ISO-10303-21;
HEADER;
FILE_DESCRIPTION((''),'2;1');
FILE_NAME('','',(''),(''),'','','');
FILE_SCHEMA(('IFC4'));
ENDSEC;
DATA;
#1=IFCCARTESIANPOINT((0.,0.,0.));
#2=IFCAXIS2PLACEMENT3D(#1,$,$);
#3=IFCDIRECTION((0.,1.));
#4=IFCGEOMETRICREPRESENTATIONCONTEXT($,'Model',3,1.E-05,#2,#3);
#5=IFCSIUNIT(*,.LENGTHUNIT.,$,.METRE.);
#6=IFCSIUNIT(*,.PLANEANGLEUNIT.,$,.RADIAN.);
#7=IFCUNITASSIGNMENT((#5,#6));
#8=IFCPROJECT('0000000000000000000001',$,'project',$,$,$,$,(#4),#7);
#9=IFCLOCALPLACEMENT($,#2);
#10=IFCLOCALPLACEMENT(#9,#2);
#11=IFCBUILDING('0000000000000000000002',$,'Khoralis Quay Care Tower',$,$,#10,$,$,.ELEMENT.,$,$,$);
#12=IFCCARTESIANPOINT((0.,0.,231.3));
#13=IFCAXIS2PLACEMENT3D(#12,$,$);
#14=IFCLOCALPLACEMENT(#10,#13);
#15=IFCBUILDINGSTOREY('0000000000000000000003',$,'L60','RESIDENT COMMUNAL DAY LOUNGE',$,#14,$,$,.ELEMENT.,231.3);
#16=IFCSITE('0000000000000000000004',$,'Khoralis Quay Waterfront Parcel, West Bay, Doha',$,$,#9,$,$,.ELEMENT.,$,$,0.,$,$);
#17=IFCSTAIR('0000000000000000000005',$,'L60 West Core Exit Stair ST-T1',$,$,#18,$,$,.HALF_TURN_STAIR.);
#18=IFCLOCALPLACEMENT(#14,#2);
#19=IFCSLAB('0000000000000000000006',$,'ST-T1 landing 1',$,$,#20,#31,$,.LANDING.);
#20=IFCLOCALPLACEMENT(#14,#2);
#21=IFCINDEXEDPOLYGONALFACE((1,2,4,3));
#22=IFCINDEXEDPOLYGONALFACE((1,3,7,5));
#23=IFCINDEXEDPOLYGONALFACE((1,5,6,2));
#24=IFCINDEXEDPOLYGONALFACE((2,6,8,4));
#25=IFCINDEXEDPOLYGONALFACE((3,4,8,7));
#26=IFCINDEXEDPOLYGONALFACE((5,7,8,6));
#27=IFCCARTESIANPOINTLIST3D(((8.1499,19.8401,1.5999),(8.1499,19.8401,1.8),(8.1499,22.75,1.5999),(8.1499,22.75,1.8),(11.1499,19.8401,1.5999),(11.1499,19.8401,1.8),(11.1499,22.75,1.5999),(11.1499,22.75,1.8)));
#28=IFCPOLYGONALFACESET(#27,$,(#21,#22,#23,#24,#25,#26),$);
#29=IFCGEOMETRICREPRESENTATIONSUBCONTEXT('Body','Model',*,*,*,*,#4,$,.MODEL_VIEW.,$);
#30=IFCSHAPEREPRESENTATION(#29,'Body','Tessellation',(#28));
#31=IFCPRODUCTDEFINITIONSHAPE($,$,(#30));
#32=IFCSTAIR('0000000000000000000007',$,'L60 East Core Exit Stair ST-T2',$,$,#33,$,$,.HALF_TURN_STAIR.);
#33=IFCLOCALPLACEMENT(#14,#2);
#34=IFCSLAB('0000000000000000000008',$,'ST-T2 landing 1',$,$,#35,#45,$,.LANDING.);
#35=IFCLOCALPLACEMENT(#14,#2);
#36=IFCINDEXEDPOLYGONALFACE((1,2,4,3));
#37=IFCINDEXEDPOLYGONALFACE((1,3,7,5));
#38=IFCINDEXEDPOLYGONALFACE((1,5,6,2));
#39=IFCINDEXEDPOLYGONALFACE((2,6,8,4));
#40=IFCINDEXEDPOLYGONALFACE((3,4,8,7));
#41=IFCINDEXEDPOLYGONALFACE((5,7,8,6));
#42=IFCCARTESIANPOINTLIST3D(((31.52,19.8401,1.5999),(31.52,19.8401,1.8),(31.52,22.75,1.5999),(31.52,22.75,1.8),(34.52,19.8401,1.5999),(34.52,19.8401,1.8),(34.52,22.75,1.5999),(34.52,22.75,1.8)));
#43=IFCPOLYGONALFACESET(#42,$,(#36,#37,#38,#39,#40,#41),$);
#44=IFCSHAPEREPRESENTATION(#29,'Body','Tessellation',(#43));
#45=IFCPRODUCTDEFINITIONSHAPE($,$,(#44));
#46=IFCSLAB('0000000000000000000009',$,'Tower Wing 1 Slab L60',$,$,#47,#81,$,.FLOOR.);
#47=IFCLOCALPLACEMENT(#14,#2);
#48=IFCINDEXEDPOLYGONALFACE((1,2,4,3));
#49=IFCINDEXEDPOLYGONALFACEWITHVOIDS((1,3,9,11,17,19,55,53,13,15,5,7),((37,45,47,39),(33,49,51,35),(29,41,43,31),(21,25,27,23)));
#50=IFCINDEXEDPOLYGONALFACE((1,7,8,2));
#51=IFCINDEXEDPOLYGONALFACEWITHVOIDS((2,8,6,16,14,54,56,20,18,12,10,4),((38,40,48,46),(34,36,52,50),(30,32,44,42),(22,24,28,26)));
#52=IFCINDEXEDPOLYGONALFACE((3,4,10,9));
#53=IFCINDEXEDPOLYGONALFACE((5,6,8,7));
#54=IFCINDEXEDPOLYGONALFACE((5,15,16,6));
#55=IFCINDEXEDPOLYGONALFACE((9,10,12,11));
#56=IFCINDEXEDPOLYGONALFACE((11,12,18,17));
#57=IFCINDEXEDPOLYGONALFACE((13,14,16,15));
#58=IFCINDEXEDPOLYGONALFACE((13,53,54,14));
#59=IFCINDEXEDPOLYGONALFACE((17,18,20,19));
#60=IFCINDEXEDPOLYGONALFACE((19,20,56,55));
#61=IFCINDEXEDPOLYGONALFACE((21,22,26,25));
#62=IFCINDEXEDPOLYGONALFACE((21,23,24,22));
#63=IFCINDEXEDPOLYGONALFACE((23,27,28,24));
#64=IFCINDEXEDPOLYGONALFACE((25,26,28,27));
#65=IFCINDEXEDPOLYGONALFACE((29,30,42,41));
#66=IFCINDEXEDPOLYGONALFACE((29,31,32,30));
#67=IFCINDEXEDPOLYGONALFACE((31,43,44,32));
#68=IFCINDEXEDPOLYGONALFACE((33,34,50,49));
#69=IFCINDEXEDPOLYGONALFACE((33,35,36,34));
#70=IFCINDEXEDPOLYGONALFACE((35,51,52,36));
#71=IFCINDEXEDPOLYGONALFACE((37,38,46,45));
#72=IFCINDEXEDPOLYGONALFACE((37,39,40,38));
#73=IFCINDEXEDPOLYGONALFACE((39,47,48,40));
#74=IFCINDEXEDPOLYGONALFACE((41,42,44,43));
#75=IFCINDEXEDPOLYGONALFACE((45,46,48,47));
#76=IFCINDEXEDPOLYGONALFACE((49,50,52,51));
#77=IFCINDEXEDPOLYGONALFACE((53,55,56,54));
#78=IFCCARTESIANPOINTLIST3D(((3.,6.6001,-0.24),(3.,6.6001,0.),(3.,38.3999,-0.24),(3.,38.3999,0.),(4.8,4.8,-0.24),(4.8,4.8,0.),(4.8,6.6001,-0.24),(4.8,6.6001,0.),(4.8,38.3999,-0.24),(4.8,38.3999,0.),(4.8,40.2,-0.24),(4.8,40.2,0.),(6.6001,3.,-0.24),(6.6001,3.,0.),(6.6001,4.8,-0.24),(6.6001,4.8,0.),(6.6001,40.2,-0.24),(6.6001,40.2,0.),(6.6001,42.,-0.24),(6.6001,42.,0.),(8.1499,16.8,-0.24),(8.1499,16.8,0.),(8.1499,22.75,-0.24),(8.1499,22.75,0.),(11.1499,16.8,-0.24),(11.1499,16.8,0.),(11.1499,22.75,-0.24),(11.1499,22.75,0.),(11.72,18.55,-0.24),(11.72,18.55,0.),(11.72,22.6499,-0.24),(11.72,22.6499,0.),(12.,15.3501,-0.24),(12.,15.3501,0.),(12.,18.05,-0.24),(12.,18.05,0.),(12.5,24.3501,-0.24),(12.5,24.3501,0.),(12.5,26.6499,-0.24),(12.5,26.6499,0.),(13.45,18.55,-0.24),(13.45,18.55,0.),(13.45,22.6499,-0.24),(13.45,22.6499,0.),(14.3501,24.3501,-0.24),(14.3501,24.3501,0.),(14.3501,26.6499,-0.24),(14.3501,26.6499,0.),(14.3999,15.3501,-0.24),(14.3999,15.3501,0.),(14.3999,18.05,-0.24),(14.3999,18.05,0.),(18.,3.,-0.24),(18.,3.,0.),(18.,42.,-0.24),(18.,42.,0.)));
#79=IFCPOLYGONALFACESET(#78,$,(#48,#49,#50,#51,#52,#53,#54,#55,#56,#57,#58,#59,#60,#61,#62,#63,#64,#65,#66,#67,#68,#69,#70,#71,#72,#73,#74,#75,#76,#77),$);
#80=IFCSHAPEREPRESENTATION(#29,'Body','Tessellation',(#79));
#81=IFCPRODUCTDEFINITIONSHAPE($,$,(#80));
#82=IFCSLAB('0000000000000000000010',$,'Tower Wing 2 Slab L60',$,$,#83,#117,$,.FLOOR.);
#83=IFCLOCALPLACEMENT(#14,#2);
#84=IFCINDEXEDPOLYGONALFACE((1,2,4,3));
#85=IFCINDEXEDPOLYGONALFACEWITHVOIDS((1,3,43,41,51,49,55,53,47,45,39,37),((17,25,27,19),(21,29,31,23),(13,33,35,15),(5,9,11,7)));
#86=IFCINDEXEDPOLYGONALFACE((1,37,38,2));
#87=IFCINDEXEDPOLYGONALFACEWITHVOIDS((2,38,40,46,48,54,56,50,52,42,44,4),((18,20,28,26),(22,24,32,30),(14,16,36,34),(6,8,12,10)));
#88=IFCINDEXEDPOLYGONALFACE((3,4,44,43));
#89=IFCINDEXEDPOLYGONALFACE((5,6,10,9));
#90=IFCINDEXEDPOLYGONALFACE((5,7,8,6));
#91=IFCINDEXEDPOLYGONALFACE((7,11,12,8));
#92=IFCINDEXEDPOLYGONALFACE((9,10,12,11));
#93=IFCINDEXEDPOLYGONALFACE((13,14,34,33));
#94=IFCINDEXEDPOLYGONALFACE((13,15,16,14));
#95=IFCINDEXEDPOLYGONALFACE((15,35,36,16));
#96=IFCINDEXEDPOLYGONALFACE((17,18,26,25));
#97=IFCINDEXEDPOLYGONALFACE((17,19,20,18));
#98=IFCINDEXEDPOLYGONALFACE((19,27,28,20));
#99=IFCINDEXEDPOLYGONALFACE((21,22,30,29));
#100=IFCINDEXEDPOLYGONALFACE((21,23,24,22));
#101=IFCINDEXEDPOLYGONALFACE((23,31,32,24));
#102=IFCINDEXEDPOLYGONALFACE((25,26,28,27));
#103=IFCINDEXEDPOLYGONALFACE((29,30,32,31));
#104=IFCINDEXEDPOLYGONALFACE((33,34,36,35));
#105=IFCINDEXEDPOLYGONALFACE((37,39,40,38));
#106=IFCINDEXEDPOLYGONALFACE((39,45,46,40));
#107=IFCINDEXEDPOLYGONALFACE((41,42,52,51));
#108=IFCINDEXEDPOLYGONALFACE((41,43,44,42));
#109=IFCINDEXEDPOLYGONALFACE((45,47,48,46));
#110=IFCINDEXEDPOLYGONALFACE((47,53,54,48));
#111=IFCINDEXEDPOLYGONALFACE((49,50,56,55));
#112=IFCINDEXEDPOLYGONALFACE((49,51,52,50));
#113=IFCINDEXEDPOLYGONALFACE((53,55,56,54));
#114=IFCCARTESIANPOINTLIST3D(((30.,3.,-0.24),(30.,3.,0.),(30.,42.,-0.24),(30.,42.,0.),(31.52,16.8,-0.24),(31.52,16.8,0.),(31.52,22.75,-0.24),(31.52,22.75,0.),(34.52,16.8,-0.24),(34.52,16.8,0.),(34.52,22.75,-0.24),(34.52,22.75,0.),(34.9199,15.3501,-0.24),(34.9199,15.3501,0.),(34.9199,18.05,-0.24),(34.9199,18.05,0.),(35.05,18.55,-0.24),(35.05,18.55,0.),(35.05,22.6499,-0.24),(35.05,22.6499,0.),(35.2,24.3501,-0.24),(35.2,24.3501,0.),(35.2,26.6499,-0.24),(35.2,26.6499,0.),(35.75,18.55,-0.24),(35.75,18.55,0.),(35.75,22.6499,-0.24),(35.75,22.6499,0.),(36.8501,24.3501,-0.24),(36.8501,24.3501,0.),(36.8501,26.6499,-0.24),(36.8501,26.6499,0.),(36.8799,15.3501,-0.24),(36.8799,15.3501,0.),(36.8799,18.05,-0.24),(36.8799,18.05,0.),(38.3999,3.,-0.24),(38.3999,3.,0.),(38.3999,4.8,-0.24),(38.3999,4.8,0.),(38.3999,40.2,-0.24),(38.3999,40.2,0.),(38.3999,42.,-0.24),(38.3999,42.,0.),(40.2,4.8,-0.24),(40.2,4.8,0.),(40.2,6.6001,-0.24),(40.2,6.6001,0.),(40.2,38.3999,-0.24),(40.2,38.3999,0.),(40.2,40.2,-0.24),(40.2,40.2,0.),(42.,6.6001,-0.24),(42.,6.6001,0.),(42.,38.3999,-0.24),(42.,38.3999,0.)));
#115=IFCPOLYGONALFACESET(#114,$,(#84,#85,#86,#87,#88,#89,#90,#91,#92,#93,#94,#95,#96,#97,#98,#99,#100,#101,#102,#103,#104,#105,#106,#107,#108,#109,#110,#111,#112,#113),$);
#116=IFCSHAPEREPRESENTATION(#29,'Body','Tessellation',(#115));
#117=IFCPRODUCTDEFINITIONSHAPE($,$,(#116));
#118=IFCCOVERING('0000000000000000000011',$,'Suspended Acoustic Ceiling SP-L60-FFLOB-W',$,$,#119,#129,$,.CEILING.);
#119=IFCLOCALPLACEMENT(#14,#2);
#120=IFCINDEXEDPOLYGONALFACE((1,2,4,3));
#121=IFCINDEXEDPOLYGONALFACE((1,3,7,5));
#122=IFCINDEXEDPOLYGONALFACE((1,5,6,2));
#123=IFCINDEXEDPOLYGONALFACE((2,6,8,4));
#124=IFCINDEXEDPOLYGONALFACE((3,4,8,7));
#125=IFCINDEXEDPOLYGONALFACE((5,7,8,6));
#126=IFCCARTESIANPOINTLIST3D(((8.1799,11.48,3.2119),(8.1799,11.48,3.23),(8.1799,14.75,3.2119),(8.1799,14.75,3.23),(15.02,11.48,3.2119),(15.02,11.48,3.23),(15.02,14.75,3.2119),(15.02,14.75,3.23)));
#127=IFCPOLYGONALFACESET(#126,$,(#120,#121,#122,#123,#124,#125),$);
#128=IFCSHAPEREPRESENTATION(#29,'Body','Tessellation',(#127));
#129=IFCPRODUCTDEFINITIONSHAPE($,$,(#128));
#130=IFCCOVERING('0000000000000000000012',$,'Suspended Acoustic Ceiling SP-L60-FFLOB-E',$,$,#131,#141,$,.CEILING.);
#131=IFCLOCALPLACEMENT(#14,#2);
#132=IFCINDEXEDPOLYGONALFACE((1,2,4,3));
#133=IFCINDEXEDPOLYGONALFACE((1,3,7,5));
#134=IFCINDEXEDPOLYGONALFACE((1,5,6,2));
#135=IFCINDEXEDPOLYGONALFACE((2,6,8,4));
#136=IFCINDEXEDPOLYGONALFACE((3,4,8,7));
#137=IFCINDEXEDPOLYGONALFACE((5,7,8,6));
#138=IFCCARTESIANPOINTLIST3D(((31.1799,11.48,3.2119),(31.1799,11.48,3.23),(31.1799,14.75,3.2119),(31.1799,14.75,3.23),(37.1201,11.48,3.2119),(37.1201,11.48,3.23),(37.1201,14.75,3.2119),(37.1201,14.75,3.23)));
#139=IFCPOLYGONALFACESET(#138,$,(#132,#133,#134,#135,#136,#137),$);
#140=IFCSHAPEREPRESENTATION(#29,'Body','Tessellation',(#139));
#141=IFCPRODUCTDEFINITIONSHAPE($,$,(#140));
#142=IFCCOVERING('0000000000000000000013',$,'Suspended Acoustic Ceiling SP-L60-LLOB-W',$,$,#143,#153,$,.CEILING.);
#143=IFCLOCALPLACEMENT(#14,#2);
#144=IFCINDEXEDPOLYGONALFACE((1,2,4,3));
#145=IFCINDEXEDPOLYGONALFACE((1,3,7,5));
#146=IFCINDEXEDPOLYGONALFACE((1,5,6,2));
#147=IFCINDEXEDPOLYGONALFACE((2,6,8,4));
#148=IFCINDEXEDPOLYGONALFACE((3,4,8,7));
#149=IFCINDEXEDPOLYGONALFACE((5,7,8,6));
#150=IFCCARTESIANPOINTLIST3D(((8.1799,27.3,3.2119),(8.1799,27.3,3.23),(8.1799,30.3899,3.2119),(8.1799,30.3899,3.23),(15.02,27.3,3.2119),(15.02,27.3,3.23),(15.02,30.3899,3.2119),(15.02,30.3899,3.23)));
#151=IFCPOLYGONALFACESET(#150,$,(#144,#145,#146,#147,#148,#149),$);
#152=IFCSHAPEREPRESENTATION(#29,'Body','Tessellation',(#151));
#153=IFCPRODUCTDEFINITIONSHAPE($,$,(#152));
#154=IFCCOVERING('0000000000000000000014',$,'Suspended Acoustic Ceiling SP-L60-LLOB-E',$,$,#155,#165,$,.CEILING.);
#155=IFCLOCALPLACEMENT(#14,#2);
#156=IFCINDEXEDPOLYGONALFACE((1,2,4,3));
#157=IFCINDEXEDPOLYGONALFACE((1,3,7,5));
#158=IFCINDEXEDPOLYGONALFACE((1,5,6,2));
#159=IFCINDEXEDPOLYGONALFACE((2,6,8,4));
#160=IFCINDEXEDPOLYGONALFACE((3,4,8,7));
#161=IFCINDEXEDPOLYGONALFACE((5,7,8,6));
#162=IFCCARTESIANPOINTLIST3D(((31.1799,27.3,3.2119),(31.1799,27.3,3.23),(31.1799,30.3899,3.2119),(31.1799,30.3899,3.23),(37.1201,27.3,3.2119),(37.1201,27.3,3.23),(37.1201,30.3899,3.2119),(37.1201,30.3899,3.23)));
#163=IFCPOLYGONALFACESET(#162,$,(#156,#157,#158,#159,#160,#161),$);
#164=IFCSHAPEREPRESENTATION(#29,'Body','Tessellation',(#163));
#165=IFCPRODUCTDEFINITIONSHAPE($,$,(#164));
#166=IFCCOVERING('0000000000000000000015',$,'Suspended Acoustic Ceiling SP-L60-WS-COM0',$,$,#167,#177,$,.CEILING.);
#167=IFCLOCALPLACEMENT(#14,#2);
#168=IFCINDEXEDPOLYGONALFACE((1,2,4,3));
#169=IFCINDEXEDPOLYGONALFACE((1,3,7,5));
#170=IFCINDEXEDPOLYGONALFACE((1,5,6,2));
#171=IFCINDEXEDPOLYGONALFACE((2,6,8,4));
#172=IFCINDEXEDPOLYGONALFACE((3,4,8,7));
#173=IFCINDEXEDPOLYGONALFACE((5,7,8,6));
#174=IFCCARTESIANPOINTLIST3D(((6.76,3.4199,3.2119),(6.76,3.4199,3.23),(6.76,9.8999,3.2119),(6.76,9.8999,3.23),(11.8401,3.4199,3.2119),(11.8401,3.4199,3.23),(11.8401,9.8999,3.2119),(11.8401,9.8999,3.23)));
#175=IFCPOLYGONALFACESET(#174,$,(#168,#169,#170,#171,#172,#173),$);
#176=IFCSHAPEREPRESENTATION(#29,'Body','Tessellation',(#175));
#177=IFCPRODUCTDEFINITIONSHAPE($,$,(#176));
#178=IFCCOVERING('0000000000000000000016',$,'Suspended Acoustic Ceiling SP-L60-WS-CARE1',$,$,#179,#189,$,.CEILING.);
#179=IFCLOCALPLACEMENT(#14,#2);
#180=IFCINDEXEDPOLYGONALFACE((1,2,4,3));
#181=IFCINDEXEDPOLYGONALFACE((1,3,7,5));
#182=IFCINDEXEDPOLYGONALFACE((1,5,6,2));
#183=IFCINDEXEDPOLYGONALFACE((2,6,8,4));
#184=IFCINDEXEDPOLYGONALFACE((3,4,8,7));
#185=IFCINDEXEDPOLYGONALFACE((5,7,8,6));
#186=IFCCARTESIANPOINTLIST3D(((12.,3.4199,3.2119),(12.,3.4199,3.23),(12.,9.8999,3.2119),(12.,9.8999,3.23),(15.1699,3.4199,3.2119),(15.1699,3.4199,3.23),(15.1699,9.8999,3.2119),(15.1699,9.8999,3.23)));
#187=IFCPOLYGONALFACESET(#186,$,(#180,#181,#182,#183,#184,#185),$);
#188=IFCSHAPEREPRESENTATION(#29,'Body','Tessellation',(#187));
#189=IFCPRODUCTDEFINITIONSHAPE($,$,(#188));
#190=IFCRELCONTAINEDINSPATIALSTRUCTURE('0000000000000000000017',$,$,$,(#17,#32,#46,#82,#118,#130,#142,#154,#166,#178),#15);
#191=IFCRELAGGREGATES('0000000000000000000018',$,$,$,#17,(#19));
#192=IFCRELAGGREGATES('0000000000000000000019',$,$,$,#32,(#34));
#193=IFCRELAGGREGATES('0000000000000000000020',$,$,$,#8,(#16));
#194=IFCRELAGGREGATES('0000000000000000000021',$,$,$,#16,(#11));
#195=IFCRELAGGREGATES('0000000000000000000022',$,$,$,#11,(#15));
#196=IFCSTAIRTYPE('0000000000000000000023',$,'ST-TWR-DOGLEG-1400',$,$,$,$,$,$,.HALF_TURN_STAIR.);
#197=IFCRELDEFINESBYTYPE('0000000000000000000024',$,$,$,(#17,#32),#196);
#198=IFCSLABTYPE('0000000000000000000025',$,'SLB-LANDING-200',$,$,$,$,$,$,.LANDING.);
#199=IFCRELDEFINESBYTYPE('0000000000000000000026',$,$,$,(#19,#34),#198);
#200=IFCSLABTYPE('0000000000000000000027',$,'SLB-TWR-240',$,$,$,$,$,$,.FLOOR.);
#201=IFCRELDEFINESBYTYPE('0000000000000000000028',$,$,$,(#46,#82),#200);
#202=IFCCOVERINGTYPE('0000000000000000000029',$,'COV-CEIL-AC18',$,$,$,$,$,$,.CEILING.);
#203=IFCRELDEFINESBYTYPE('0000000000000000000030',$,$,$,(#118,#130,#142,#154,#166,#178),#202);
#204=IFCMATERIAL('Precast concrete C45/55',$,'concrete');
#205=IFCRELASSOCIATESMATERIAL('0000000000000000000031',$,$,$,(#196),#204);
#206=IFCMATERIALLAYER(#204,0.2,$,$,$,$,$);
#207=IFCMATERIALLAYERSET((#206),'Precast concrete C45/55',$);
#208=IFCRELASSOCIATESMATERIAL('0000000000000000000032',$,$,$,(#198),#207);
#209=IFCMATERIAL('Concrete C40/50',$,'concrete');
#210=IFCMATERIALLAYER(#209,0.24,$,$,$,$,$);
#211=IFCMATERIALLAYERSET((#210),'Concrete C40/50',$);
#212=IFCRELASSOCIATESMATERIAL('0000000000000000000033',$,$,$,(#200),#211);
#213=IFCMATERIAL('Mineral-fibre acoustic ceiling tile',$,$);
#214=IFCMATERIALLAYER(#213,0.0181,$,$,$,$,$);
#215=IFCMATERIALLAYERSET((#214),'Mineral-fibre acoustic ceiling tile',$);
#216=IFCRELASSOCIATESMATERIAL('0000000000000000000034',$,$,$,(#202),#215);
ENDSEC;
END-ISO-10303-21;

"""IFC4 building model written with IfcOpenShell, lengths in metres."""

from ifc_helpers import new_model, si_unit, direction, frame, origin, place, context, subcontext, project, spatial, polyline, outline, extrude, material, layer, layer_set, type_object, element, aggregate, save


model = new_model("IFC4")

# Units and contexts
model_context = context("Model", 3, precision=1e-05, world=origin(), true_north=direction((0.0, 1.0)))
body_context = subcontext(model_context, "Body", "Model", "MODEL_VIEW")
ifc_project = project(units=[si_unit("LENGTHUNIT", "METRE"), si_unit("PLANEANGLEUNIT", "RADIAN")], contexts=[model_context])

# Site, building, storey
site_placement = place(None, origin())
site = spatial("IfcSite", under=ifc_project, at=site_placement, Name="Khoralis Quay Waterfront Parcel, West Bay, Doha", CompositionType="ELEMENT", RefElevation=0.0)
building_placement = place(site_placement, origin())
building = spatial("IfcBuilding", under=site, at=building_placement, Name="Khoralis Quay Care Tower", CompositionType="ELEMENT")
storey_placement = place(building_placement, frame((0.0, 0.0, 231.3)))
storey = spatial("IfcBuildingStorey", under=building, at=storey_placement, Name="L60", Description="RESIDENT COMMUNAL DAY LOUNGE", CompositionType="ELEMENT", Elevation=231.3)

# Stairs, slabs
ifc_material_1 = material(Name="Precast concrete C45/55", Category="concrete")
stair_type = type_object("IfcStairType", Name="ST-TWR-DOGLEG-1400", PredefinedType="HALF_TURN_STAIR", material=ifc_material_1)
stair_1_placement = place(storey_placement, origin())
stair_1 = element("IfcStair", 1, at=stair_1_placement, inside=storey, type_object=stair_type, Name="L60 West Core Exit Stair ST-T1", PredefinedType="HALF_TURN_STAIR")
ifc_layer_1 = layer(ifc_material_1, 0.2)
ifc_layer_set_1 = layer_set([ifc_layer_1], Name="Precast concrete C45/55")
slab_type_1 = type_object("IfcSlabType", Name="SLB-LANDING-200", PredefinedType="LANDING", material=ifc_layer_set_1)
slab_1_placement = place(storey_placement, frame((0.0, 0.0, 1.5999)))
slab_1 = element("IfcSlab", 2, at=slab_1_placement, type_object=slab_type_1, Name="ST-T1 landing 1", PredefinedType="LANDING", context=body_context, shape_type="SweptSolid", body=[
    extrude(outline(polyline([(11.1499, 19.8401), (11.1499, 22.75), (8.1499, 22.75), (8.1499, 19.8401), (11.1499, 19.8401)])), origin(), (0.0, 0.0, 1.0), 0.2002),
])
aggregate(stair_1, [slab_1])
stair_2_placement = place(storey_placement, origin())
stair_2 = element("IfcStair", 3, at=stair_2_placement, inside=storey, type_object=stair_type, Name="L60 East Core Exit Stair ST-T2", PredefinedType="HALF_TURN_STAIR")
slab_2_placement = place(storey_placement, frame((0.0, 0.0, 1.5999)))
slab_2 = element("IfcSlab", 4, at=slab_2_placement, type_object=slab_type_1, Name="ST-T2 landing 1", PredefinedType="LANDING", context=body_context, shape_type="SweptSolid", body=[
    extrude(outline(polyline([(34.52, 19.8401), (34.52, 22.75), (31.52, 22.75), (31.52, 19.8401), (34.52, 19.8401)])), origin(), (0.0, 0.0, 1.0), 0.2002),
])
aggregate(stair_2, [slab_2])

# Slabs
ifc_material_2 = material(Name="Concrete C40/50", Category="concrete")
ifc_layer_2 = layer(ifc_material_2, 0.24)
ifc_layer_set_2 = layer_set([ifc_layer_2], Name="Concrete C40/50")
slab_type_2 = type_object("IfcSlabType", Name="SLB-TWR-240", PredefinedType="FLOOR", material=ifc_layer_set_2)
slab_3_placement = place(storey_placement, frame((0.0, 0.0, -0.24)))
element("IfcSlab", 5, at=slab_3_placement, inside=storey, type_object=slab_type_2, Name="Tower Wing 1 Slab L60", PredefinedType="FLOOR", context=body_context, shape_type="SweptSolid", body=[
    extrude(outline(polyline([(6.6001, 3.0), (18.0, 3.0), (18.0, 42.0), (6.6001, 42.0), (6.6001, 40.2), (4.8, 40.2), (4.8, 38.3999), (3.0, 38.3999), (3.0, 6.6001), (4.8, 6.6001), (4.8, 4.8), (6.6001, 4.8), (6.6001, 3.0)]), holes=[polyline([(11.1499, 16.8), (11.1499, 22.75), (8.1499, 22.75), (8.1499, 16.8), (11.1499, 16.8)]), polyline([(12.0, 15.3501), (14.3999, 15.3501), (14.3999, 18.05), (12.0, 18.05), (12.0, 15.3501)]), polyline([(12.5, 24.3501), (14.3501, 24.3501), (14.3501, 26.6499), (12.5, 26.6499), (12.5, 24.3501)]), polyline([(11.72, 18.55), (13.45, 18.55), (13.45, 22.6499), (11.72, 22.6499), (11.72, 18.55)])]), origin(), (0.0, 0.0, 1.0), 0.24),
])
slab_4_placement = place(storey_placement, frame((0.0, 0.0, -0.24)))
element("IfcSlab", 6, at=slab_4_placement, inside=storey, type_object=slab_type_2, Name="Tower Wing 2 Slab L60", PredefinedType="FLOOR", context=body_context, shape_type="SweptSolid", body=[
    extrude(outline(polyline([(30.0, 3.0), (38.3999, 3.0), (38.3999, 4.8), (40.2, 4.8), (40.2, 6.6001), (42.0, 6.6001), (42.0, 38.3999), (40.2, 38.3999), (40.2, 40.2), (38.3999, 40.2), (38.3999, 42.0), (30.0, 42.0), (30.0, 3.0)]), holes=[polyline([(34.52, 16.8), (34.52, 22.75), (31.52, 22.75), (31.52, 16.8), (34.52, 16.8)]), polyline([(34.9199, 15.3501), (36.8799, 15.3501), (36.8799, 18.05), (34.9199, 18.05), (34.9199, 15.3501)]), polyline([(35.2, 24.3501), (36.8501, 24.3501), (36.8501, 26.6499), (35.2, 26.6499), (35.2, 24.3501)]), polyline([(35.05, 18.55), (35.75, 18.55), (35.75, 22.6499), (35.05, 22.6499), (35.05, 18.55)])]), origin(), (0.0, 0.0, 1.0), 0.24),
])

# Coverings
ifc_material_3 = material(Name="Mineral-fibre acoustic ceiling tile")
ifc_layer_3 = layer(ifc_material_3, 0.0181)
ifc_layer_set_3 = layer_set([ifc_layer_3], Name="Mineral-fibre acoustic ceiling tile")
covering_type_1 = type_object("IfcCoveringType", Name="COV-CEIL-AC18", PredefinedType="CEILING", material=ifc_layer_set_3)
covering_1_placement = place(storey_placement, frame((0.0, 0.0, 3.2119)))
element("IfcCovering", 7, at=covering_1_placement, inside=storey, type_object=covering_type_1, Name="Suspended Acoustic Ceiling SP-L60-FFLOB-W", PredefinedType="CEILING", context=body_context, shape_type="SweptSolid", body=[
    extrude(outline(polyline([(8.1799, 11.48), (15.02, 11.48), (15.02, 14.75), (8.1799, 14.75), (8.1799, 11.48)])), origin(), (0.0, 0.0, 1.0), 0.0181),
])
covering_2_placement = place(storey_placement, frame((0.0, 0.0, 3.2119)))
element("IfcCovering", 8, at=covering_2_placement, inside=storey, type_object=covering_type_1, Name="Suspended Acoustic Ceiling SP-L60-FFLOB-E", PredefinedType="CEILING", context=body_context, shape_type="SweptSolid", body=[
    extrude(outline(polyline([(31.1799, 11.48), (37.1201, 11.48), (37.1201, 14.75), (31.1799, 14.75), (31.1799, 11.48)])), origin(), (0.0, 0.0, 1.0), 0.0181),
])
covering_3_placement = place(storey_placement, frame((0.0, 0.0, 3.2119)))
element("IfcCovering", 9, at=covering_3_placement, inside=storey, type_object=covering_type_1, Name="Suspended Acoustic Ceiling SP-L60-LLOB-W", PredefinedType="CEILING", context=body_context, shape_type="SweptSolid", body=[
    extrude(outline(polyline([(8.1799, 27.3), (15.02, 27.3), (15.02, 30.3899), (8.1799, 30.3899), (8.1799, 27.3)])), origin(), (0.0, 0.0, 1.0), 0.0181),
])
covering_4_placement = place(storey_placement, frame((0.0, 0.0, 3.2119)))
element("IfcCovering", 10, at=covering_4_placement, inside=storey, type_object=covering_type_1, Name="Suspended Acoustic Ceiling SP-L60-LLOB-E", PredefinedType="CEILING", context=body_context, shape_type="SweptSolid", body=[
    extrude(outline(polyline([(31.1799, 27.3), (37.1201, 27.3), (37.1201, 30.3899), (31.1799, 30.3899), (31.1799, 27.3)])), origin(), (0.0, 0.0, 1.0), 0.0181),
])
covering_5_placement = place(storey_placement, frame((0.0, 0.0, 3.2119)))
element("IfcCovering", 11, at=covering_5_placement, inside=storey, type_object=covering_type_1, Name="Suspended Acoustic Ceiling SP-L60-WS-COM0", PredefinedType="CEILING", context=body_context, shape_type="SweptSolid", body=[
    extrude(outline(polyline([(6.76, 3.4199), (11.8401, 3.4199), (11.8401, 9.8999), (6.76, 9.8999), (6.76, 3.4199)])), origin(), (0.0, 0.0, 1.0), 0.0181),
])
covering_6_placement = place(storey_placement, frame((0.0, 0.0, 3.2119)))
element("IfcCovering", 12, at=covering_6_placement, inside=storey, type_object=covering_type_1, Name="Suspended Acoustic Ceiling SP-L60-WS-CARE1", PredefinedType="CEILING", context=body_context, shape_type="SweptSolid", body=[
    extrude(outline(polyline([(12.0, 3.4199), (15.1699, 3.4199), (15.1699, 9.8999), (12.0, 9.8999), (12.0, 3.4199)])), origin(), (0.0, 0.0, 1.0), 0.0181),
])

save(model, "model.ifc")
